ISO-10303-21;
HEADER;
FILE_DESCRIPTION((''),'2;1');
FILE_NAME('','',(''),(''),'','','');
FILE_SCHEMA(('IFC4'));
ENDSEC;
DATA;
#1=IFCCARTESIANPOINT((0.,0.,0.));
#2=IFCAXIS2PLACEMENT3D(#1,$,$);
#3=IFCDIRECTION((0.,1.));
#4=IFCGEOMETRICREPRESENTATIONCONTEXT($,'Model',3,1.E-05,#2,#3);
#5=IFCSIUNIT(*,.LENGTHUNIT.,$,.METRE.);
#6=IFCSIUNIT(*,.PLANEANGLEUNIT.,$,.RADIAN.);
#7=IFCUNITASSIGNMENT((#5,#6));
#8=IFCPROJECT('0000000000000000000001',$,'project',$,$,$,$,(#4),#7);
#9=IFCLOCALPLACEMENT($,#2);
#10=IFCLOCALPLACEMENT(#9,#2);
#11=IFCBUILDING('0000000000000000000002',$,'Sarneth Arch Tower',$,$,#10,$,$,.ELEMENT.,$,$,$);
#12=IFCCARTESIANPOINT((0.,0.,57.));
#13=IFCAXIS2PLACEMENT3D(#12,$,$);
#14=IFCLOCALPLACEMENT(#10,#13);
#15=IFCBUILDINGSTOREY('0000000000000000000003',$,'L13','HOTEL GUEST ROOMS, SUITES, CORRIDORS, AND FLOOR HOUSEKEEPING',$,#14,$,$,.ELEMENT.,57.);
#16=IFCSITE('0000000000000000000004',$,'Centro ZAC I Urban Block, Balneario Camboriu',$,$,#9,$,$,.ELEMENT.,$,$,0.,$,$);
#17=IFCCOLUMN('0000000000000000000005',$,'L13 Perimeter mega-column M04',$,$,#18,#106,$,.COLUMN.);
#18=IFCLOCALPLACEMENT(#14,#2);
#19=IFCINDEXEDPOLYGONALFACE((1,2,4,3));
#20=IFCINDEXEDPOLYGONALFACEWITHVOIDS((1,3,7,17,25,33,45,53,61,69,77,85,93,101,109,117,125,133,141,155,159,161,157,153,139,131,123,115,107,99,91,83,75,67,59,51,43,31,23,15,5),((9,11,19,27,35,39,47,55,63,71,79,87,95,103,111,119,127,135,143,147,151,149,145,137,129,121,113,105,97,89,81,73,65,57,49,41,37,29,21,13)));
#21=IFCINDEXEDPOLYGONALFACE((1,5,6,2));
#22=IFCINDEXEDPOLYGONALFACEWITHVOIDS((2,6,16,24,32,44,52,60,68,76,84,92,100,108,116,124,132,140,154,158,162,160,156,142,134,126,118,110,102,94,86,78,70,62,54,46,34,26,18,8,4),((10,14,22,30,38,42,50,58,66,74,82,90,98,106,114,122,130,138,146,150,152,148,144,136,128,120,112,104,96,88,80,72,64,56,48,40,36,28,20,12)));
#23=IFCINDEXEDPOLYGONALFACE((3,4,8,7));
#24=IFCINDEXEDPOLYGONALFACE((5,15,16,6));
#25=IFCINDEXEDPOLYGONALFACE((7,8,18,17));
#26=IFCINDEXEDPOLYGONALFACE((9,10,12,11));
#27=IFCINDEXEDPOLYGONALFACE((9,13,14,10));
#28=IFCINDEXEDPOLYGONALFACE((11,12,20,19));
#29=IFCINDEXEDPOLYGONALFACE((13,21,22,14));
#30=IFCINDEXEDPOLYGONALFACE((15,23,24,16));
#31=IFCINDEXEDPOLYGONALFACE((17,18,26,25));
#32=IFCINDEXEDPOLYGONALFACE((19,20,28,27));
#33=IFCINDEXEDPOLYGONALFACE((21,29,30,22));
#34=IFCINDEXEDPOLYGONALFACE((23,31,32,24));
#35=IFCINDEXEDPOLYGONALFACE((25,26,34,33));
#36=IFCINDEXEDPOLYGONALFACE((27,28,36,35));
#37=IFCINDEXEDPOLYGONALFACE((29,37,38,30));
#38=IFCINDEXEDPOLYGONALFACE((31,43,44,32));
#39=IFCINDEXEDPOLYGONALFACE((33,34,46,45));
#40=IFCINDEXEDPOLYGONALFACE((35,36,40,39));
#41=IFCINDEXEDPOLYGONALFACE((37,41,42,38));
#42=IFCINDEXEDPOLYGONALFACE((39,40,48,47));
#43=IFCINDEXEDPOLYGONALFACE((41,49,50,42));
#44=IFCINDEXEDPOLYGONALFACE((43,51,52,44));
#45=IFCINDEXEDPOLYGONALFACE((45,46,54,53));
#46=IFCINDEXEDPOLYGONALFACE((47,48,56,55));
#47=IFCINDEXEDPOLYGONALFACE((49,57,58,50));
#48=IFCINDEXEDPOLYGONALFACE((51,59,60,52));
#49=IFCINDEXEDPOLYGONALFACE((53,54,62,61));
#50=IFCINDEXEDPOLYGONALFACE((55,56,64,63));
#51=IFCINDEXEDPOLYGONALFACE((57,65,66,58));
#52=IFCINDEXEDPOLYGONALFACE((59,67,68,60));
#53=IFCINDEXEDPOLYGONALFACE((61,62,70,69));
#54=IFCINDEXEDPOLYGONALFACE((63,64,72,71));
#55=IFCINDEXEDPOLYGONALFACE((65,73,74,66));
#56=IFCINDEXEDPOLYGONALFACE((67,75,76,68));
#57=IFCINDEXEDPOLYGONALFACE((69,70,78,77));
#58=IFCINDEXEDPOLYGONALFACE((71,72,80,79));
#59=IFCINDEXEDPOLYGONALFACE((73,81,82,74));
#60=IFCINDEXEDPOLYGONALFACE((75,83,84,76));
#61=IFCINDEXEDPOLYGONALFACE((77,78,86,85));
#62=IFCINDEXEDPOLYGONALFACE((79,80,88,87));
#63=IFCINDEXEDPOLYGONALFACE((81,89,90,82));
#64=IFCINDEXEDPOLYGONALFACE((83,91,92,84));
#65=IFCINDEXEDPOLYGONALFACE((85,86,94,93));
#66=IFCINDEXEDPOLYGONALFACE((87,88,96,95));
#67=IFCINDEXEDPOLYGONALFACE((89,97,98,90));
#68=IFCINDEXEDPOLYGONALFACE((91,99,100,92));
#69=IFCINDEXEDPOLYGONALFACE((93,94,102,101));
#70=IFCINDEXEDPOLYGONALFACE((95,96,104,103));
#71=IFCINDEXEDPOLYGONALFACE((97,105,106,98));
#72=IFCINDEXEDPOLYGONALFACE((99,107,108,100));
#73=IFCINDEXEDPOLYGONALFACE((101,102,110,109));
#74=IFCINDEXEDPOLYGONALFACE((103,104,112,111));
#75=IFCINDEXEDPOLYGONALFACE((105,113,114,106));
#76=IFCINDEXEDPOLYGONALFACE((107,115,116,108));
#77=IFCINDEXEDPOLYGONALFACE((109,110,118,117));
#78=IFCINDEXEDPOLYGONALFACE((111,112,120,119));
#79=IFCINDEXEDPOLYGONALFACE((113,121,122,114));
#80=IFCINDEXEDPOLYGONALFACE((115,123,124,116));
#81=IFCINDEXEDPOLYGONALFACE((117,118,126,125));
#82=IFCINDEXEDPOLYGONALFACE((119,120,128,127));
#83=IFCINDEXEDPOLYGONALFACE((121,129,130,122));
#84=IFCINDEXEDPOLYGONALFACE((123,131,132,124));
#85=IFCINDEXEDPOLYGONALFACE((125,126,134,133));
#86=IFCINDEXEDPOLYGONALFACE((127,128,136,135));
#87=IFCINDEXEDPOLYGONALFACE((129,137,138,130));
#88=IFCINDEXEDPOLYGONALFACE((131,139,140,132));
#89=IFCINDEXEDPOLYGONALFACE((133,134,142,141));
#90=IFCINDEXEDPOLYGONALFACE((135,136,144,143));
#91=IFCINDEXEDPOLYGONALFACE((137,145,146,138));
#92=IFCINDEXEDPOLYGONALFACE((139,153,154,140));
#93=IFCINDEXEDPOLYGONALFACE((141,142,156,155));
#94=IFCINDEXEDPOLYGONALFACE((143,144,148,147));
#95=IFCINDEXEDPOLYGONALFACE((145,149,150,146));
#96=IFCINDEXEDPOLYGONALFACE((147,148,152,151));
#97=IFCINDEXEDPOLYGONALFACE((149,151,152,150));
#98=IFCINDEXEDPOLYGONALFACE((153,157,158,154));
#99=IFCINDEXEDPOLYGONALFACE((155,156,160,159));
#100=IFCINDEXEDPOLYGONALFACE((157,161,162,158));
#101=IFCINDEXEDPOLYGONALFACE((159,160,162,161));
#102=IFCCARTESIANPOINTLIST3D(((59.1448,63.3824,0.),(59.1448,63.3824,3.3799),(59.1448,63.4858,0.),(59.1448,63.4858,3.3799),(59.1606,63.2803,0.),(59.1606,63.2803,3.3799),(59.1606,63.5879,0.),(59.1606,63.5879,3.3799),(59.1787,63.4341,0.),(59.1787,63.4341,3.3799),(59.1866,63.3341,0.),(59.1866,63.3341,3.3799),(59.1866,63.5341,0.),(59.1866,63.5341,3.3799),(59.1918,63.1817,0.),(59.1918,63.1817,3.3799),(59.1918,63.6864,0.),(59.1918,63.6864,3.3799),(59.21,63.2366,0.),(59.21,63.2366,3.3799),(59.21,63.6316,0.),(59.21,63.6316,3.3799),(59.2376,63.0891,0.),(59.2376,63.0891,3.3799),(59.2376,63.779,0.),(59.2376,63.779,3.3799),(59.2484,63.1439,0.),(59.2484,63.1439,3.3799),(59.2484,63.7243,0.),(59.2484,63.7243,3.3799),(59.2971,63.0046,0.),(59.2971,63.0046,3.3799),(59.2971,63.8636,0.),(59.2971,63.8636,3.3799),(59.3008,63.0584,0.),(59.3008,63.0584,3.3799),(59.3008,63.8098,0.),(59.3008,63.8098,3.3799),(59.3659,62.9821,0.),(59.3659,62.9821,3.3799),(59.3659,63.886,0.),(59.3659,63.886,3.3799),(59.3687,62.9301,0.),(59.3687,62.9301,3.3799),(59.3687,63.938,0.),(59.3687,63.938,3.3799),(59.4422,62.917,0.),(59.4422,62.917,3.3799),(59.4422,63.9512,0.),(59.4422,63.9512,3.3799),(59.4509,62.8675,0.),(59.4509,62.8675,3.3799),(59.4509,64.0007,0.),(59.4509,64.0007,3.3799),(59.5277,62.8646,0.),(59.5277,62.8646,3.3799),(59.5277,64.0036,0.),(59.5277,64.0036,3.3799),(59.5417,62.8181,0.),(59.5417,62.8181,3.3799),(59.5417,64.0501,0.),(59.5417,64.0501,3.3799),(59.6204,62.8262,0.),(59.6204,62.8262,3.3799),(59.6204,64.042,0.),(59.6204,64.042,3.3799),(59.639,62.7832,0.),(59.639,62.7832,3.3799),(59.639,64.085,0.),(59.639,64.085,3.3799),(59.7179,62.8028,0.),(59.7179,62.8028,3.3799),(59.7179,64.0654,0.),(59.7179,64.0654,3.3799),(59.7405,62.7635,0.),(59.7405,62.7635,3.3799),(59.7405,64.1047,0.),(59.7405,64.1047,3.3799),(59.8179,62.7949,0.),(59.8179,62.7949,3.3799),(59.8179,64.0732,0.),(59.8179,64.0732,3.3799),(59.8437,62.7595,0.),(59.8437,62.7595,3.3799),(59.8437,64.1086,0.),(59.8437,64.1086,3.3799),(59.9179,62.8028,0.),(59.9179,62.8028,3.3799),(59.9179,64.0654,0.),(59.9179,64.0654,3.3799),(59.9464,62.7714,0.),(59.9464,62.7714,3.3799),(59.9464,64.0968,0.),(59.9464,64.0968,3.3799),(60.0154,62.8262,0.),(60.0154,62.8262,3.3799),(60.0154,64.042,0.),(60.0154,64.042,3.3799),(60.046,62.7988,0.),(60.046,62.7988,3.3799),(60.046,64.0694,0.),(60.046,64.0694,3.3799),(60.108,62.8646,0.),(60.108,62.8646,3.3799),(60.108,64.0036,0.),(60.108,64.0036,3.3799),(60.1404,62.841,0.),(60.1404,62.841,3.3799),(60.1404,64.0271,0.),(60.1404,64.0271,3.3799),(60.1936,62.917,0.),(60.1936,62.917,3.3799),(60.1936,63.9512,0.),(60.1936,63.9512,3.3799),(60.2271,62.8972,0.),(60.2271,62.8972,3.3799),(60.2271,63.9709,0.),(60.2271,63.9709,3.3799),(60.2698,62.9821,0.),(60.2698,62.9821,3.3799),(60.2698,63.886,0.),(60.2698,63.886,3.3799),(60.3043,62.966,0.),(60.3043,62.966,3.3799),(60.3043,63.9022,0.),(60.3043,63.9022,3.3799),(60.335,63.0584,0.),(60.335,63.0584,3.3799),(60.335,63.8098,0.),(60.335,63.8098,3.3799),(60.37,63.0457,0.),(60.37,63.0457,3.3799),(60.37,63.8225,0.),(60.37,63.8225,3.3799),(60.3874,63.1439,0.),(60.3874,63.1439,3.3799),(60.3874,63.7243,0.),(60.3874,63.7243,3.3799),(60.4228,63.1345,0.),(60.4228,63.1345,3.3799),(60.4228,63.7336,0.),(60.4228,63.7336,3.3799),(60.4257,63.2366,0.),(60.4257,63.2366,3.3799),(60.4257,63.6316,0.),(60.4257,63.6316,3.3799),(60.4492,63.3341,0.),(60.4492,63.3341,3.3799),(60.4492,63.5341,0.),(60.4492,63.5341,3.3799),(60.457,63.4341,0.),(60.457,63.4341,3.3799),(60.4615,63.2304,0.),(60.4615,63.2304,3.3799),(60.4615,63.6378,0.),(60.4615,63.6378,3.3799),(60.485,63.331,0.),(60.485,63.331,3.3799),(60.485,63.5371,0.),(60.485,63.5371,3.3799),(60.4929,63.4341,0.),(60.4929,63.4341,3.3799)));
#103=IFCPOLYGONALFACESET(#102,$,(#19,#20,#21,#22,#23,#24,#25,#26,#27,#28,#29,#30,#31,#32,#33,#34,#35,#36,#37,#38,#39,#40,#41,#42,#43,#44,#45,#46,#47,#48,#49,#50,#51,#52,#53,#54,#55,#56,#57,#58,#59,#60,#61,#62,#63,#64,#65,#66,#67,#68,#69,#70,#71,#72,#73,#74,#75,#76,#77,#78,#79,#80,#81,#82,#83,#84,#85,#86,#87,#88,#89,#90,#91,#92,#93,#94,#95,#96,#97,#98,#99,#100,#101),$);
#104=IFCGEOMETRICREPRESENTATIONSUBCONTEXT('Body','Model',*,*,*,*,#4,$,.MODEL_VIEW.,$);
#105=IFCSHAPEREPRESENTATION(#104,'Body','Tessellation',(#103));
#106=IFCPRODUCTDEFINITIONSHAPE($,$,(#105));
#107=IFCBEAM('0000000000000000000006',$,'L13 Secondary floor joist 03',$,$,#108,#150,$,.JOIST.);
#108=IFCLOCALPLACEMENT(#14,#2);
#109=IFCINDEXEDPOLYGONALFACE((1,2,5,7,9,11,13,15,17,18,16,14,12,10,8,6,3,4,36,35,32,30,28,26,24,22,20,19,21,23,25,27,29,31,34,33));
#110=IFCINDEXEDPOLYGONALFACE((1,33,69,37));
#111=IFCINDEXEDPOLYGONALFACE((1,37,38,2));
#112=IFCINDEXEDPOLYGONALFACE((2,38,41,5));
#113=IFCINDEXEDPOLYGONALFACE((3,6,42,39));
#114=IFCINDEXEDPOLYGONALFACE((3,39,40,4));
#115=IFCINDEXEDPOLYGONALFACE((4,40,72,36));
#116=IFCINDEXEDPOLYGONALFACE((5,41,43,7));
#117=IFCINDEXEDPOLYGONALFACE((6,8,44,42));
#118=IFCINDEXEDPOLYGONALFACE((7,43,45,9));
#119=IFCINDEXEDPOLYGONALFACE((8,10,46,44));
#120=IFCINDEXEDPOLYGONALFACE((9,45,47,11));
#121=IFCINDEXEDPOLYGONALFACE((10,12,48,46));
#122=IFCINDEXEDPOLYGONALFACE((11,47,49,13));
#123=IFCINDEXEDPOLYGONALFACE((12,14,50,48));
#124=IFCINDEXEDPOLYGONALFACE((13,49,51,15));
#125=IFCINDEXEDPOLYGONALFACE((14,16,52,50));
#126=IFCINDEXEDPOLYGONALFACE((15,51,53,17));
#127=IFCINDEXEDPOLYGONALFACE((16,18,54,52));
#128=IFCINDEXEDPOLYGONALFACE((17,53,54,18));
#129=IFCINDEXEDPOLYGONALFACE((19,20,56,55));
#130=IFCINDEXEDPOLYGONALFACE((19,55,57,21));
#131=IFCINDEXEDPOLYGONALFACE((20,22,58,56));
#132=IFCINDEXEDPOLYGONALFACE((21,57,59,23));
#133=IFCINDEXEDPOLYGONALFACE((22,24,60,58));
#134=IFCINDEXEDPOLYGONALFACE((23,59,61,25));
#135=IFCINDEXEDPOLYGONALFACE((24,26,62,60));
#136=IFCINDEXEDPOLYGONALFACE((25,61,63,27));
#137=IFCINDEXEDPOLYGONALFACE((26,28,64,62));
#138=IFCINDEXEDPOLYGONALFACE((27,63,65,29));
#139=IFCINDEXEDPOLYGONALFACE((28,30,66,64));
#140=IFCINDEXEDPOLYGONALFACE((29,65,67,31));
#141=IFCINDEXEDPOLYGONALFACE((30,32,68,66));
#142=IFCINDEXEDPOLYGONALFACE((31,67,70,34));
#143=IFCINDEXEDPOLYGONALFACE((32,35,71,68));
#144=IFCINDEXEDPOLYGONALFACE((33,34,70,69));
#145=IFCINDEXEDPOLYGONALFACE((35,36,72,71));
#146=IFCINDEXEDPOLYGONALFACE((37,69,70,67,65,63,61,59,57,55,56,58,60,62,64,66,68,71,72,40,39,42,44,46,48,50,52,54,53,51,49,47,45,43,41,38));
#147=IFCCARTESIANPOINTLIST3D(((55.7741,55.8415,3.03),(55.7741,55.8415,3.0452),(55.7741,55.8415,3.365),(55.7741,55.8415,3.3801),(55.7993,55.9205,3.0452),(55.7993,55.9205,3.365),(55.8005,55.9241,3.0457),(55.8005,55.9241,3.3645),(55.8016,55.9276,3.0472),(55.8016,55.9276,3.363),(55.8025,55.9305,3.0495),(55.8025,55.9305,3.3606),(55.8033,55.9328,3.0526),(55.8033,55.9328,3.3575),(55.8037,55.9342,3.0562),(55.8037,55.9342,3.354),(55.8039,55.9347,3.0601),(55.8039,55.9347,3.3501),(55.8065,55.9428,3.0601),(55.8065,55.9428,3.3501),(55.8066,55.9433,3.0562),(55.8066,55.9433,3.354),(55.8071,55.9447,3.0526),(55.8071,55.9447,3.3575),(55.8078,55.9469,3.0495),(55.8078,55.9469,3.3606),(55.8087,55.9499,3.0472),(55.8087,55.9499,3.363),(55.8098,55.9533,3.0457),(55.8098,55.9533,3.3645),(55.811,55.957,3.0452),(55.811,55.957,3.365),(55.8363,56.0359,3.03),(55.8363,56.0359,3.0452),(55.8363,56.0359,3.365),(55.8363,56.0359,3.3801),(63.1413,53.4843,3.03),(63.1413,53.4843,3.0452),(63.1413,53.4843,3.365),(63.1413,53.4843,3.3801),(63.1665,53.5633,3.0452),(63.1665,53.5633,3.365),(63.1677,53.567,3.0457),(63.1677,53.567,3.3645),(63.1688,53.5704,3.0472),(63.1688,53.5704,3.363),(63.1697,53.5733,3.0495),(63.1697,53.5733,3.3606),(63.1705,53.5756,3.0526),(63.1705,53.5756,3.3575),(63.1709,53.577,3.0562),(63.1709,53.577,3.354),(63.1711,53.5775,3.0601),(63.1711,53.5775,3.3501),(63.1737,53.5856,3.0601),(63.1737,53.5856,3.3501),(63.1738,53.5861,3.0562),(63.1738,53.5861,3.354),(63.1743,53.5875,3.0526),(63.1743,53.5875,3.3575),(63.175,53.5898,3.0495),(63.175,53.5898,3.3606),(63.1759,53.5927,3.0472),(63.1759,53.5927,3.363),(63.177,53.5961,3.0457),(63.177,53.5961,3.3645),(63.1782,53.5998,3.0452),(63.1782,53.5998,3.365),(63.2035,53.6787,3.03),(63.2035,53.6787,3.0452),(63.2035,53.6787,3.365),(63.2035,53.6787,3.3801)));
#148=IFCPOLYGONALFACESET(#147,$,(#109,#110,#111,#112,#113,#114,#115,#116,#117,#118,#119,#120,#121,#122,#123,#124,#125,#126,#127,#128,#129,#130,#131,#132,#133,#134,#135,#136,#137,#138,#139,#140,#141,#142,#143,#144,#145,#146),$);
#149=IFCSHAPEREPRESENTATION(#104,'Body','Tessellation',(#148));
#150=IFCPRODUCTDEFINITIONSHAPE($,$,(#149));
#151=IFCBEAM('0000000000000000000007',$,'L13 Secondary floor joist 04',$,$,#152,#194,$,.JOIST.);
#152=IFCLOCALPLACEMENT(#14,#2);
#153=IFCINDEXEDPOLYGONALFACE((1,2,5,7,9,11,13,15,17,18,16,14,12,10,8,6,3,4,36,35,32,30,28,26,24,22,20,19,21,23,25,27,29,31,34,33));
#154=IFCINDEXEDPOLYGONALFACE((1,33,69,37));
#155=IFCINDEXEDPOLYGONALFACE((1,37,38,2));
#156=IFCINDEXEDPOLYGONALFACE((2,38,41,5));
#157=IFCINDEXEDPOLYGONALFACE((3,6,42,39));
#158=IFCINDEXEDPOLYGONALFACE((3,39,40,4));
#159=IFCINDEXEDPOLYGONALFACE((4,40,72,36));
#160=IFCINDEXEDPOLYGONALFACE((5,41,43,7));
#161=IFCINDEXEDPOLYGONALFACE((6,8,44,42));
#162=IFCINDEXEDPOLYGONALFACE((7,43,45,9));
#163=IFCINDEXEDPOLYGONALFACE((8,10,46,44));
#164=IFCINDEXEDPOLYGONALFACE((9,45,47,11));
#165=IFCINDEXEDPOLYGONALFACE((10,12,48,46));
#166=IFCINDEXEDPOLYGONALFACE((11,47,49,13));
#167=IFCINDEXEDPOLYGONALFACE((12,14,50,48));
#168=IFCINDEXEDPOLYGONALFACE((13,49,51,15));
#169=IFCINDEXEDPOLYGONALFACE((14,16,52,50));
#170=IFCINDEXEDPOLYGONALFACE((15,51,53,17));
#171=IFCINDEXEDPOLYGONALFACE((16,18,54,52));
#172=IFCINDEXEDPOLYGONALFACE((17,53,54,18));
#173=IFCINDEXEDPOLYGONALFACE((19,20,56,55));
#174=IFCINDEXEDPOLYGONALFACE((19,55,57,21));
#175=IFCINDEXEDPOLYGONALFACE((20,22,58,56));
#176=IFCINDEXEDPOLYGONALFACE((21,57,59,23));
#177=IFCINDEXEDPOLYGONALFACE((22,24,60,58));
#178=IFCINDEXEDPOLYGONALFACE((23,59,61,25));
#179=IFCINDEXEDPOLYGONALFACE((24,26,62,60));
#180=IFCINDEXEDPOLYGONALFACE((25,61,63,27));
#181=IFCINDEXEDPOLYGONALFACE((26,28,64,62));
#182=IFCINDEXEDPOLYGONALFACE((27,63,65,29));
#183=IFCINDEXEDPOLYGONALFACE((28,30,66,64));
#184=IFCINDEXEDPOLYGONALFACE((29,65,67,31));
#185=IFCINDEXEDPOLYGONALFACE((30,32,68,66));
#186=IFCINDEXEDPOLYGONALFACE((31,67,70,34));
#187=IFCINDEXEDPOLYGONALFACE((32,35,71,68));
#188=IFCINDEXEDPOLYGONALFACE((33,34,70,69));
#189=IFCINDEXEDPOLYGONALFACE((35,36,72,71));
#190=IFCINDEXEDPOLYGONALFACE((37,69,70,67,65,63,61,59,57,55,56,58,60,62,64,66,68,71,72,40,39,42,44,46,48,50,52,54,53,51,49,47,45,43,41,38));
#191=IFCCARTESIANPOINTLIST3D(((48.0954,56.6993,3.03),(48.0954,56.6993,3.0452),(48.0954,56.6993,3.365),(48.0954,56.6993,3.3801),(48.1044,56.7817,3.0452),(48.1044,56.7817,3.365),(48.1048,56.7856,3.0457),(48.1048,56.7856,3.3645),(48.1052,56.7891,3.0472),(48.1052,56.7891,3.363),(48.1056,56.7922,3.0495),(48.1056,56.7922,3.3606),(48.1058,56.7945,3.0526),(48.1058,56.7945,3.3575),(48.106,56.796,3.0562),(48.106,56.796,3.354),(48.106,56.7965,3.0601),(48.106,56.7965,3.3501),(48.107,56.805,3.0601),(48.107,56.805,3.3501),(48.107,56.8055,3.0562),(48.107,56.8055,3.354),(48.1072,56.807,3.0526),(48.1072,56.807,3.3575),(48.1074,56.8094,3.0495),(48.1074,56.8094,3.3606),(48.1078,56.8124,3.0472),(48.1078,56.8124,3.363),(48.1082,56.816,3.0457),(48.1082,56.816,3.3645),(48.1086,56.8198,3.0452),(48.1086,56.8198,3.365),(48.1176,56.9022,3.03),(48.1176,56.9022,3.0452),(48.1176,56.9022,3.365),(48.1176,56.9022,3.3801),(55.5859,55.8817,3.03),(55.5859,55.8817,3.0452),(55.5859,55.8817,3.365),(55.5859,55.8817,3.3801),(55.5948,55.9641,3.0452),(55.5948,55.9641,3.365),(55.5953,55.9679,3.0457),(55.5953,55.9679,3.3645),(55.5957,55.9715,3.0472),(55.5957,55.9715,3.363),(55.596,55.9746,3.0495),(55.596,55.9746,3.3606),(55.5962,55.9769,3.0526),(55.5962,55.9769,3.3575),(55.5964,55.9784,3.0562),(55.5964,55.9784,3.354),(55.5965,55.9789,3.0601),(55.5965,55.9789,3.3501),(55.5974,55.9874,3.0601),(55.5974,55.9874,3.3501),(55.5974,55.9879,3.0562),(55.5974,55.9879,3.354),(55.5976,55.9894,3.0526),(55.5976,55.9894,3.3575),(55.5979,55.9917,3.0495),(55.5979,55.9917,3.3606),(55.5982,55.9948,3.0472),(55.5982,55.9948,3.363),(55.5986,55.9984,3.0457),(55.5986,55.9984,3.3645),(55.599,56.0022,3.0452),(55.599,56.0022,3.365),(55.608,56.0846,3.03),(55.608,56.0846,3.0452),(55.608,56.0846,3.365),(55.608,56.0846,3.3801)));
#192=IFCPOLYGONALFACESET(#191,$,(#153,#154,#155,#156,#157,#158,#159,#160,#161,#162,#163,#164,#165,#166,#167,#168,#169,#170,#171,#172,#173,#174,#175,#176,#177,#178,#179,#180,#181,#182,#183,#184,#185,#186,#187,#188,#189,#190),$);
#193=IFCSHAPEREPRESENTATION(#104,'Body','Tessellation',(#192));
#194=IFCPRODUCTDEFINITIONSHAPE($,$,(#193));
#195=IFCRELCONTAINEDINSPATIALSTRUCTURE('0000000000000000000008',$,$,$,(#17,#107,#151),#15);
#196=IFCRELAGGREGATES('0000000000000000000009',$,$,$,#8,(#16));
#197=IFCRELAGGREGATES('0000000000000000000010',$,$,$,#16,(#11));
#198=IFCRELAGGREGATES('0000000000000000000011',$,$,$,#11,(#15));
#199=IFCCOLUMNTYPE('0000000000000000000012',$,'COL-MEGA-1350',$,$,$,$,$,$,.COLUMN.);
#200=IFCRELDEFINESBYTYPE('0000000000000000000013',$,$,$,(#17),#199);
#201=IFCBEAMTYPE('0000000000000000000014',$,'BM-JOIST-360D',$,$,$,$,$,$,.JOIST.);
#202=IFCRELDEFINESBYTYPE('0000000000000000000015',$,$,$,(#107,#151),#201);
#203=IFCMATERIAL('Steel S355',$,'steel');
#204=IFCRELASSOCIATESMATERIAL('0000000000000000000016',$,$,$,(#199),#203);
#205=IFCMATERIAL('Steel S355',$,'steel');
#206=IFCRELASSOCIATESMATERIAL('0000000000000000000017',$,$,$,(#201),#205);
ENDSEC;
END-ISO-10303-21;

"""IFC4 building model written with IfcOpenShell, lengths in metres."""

from ifc_helpers import new_model, si_unit, direction, frame, origin, origin_2d, place, context, subcontext, project, spatial, hollow_circle, i_section, extrude, material, material_profile, profile_set, type_object, element, save


model = new_model("IFC4")

# Units and contexts
model_context = context("Model", 3, precision=1e-05, world=origin(), true_north=direction((0.0, 1.0)))
body_context = subcontext(model_context, "Body", "Model", "MODEL_VIEW")
ifc_project = project(units=[si_unit("LENGTHUNIT", "METRE"), si_unit("PLANEANGLEUNIT", "RADIAN")], contexts=[model_context])

# Site, building, storey
site_placement = place(None, origin())
site = spatial("IfcSite", under=ifc_project, at=site_placement, Name="Centro ZAC I Urban Block, Balneario Camboriu", CompositionType="ELEMENT", RefElevation=0.0)
building_placement = place(site_placement, origin())
building = spatial("IfcBuilding", under=site, at=building_placement, Name="Sarneth Arch Tower", CompositionType="ELEMENT")
storey_placement = place(building_placement, frame((0.0, 0.0, 57.0)))
storey = spatial("IfcBuildingStorey", under=building, at=storey_placement, Name="L13", Description="HOTEL GUEST ROOMS, SUITES, CORRIDORS, AND FLOOR HOUSEKEEPING", CompositionType="ELEMENT", Elevation=57.0)

# Column
ifc_material_1 = material(Name="Steel S355", Category="steel")
ifc_material_profile_1 = material_profile(ifc_material_1, hollow_circle(Radius=0.675, WallThickness=0.0359, at=origin_2d()), Name="CHS1350x36")
ifc_profile_set_1 = profile_set([ifc_material_profile_1], Name="Steel S355")
column_type = type_object("IfcColumnType", Name="COL-MEGA-1350", PredefinedType="COLUMN", material=ifc_profile_set_1)
column_placement = place(storey_placement, frame((59.8179, 63.4341, 0.0), z_axis=(0.0, 0.0, 1.0), x_axis=(1.0, 0.0, 0.0)))
element("IfcColumn", 1, at=column_placement, inside=storey, type_object=column_type, Name="L13 Perimeter mega-column M04", PredefinedType="COLUMN", context=body_context, shape_type="SweptSolid", body=[
    extrude(hollow_circle(Radius=0.675, WallThickness=0.0359, at=origin_2d()), origin(), (0.0, 0.0, 1.0), 3.3799),
])

# Beams
ifc_material_2 = material(Name="Steel S355", Category="steel")
ifc_material_profile_2 = material_profile(ifc_material_2, i_section(OverallWidth=0.2041, OverallDepth=0.3501, WebThickness=0.0085, FlangeThickness=0.0151, FilletRadius=0.0149, at=origin_2d()), Name="W360x72")
ifc_profile_set_2 = profile_set([ifc_material_profile_2], Name="Steel S355")
beam_type_1 = type_object("IfcBeamType", Name="BM-JOIST-360D", PredefinedType="JOIST", material=ifc_profile_set_2)
beam_1_placement = place(storey_placement, frame((63.1724, 53.5815, 3.2051), z_axis=(-0.952436, 0.304738, 0.0), x_axis=(-0.304738, -0.952436, 0.0)))
element("IfcBeam", 2, at=beam_1_placement, inside=storey, type_object=beam_type_1, Name="L13 Secondary floor joist 03", PredefinedType="JOIST", context=body_context, shape_type="SweptSolid", body=[
    extrude(i_section(OverallWidth=0.2041, OverallDepth=0.3501, WebThickness=0.0085, FlangeThickness=0.0151, FilletRadius=0.0149, at=origin_2d()), origin(), (0.0, 0.0, 1.0), 7.7351),
])
beam_2_placement = place(storey_placement, frame((55.5969, 55.9832, 3.2051), z_axis=(-0.994095, 0.108511, 0.0), x_axis=(-0.108511, -0.994095, 0.0)))
element("IfcBeam", 3, at=beam_2_placement, inside=storey, type_object=beam_type_1, Name="L13 Secondary floor joist 04", PredefinedType="JOIST", context=body_context, shape_type="SweptSolid", body=[
    extrude(i_section(OverallWidth=0.2041, OverallDepth=0.3501, WebThickness=0.0085, FlangeThickness=0.0151, FilletRadius=0.0149, at=origin_2d()), origin(), (0.0, 0.0, 1.0), 7.5349),
])

save(model, "model.ifc")
